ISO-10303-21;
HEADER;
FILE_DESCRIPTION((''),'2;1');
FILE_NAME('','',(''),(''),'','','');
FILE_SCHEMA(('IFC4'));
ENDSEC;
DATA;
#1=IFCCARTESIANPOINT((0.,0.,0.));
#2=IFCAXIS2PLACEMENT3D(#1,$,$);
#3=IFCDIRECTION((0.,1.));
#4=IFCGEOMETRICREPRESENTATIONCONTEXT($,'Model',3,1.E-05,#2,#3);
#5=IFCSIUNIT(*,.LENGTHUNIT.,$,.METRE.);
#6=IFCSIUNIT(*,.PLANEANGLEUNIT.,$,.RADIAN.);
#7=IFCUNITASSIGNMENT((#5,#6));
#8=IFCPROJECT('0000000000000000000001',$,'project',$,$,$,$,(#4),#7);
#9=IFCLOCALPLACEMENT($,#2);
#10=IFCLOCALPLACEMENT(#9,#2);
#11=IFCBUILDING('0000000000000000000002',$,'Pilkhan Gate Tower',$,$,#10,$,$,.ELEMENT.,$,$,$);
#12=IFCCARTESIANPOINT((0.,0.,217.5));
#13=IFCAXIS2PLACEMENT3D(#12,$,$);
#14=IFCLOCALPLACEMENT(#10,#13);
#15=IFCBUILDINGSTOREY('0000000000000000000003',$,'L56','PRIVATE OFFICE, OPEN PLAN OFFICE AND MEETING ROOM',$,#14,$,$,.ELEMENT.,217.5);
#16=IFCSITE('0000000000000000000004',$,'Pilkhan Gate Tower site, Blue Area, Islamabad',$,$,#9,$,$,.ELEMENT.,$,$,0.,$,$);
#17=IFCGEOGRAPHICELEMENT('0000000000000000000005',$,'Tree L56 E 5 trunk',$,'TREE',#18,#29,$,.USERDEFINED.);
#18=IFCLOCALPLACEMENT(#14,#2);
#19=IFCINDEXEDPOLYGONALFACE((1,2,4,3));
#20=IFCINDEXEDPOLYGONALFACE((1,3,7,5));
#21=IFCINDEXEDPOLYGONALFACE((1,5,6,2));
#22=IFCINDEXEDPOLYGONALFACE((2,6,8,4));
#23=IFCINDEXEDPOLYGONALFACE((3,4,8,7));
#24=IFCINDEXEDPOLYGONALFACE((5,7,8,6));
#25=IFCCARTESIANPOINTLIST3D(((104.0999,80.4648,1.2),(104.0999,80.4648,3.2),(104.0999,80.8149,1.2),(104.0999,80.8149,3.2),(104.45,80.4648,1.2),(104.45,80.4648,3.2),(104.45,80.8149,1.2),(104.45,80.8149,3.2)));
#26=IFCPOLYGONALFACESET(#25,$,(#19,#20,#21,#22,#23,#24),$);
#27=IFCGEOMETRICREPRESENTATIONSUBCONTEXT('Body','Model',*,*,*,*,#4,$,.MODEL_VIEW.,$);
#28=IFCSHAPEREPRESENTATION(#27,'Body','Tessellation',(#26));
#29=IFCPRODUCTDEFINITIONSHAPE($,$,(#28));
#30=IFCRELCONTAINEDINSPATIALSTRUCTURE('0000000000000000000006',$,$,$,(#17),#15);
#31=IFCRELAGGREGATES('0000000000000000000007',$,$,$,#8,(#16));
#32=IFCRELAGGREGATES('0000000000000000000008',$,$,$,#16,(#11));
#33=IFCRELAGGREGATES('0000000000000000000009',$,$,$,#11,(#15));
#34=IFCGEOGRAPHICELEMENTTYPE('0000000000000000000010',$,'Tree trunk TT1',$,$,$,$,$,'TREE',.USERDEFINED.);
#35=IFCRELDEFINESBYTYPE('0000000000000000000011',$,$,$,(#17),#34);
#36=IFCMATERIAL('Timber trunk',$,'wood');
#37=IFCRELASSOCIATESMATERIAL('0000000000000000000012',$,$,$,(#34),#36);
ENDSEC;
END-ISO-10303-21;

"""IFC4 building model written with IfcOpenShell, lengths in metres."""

from ifc_helpers import new_model, si_unit, direction, frame, origin, origin_2d, place, context, subcontext, project, spatial, rectangle, extrude, material, type_object, element, save


model = new_model("IFC4")

# Units and contexts
model_context = context("Model", 3, precision=1e-05, world=origin(), true_north=direction((0.0, 1.0)))
body_context = subcontext(model_context, "Body", "Model", "MODEL_VIEW")
ifc_project = project(units=[si_unit("LENGTHUNIT", "METRE"), si_unit("PLANEANGLEUNIT", "RADIAN")], contexts=[model_context])

# Site, building, storey
site_placement = place(None, origin())
site = spatial("IfcSite", under=ifc_project, at=site_placement, Name="Pilkhan Gate Tower site, Blue Area, Islamabad", CompositionType="ELEMENT", RefElevation=0.0)
building_placement = place(site_placement, origin())
building = spatial("IfcBuilding", under=site, at=building_placement, Name="Pilkhan Gate Tower", CompositionType="ELEMENT")
storey_placement = place(building_placement, frame((0.0, 0.0, 217.5)))
storey = spatial("IfcBuildingStorey", under=building, at=storey_placement, Name="L56", Description="PRIVATE OFFICE, OPEN PLAN OFFICE AND MEETING ROOM", CompositionType="ELEMENT", Elevation=217.5)

# Geographic element
ifc_material_1 = material(Name="Timber trunk", Category="wood")
geographic_element_type_1 = type_object("IfcGeographicElementType", Name="Tree trunk TT1", ElementType="TREE", PredefinedType="USERDEFINED", material=ifc_material_1)
for number, where, z_axis, x_axis, name in (
    (1, (104.2749, 80.6399, 1.2), (0.0, 0.0, 1.0), (1.0, 0.0, 0.0), "Tree L56 E 5 trunk"),
):
    element("IfcGeographicElement", number, at=place(storey_placement, frame(where, z_axis=z_axis, x_axis=x_axis)), inside=storey, type_object=geographic_element_type_1, Name=name, ObjectType="TREE", PredefinedType="USERDEFINED", context=body_context, shape_type="SweptSolid", body=[
        extrude(rectangle(XDim=0.3501, YDim=0.3501, at=origin_2d()), origin(), (0.0, 0.0, 1.0), 2.0),
    ])

save(model, "model.ifc")
